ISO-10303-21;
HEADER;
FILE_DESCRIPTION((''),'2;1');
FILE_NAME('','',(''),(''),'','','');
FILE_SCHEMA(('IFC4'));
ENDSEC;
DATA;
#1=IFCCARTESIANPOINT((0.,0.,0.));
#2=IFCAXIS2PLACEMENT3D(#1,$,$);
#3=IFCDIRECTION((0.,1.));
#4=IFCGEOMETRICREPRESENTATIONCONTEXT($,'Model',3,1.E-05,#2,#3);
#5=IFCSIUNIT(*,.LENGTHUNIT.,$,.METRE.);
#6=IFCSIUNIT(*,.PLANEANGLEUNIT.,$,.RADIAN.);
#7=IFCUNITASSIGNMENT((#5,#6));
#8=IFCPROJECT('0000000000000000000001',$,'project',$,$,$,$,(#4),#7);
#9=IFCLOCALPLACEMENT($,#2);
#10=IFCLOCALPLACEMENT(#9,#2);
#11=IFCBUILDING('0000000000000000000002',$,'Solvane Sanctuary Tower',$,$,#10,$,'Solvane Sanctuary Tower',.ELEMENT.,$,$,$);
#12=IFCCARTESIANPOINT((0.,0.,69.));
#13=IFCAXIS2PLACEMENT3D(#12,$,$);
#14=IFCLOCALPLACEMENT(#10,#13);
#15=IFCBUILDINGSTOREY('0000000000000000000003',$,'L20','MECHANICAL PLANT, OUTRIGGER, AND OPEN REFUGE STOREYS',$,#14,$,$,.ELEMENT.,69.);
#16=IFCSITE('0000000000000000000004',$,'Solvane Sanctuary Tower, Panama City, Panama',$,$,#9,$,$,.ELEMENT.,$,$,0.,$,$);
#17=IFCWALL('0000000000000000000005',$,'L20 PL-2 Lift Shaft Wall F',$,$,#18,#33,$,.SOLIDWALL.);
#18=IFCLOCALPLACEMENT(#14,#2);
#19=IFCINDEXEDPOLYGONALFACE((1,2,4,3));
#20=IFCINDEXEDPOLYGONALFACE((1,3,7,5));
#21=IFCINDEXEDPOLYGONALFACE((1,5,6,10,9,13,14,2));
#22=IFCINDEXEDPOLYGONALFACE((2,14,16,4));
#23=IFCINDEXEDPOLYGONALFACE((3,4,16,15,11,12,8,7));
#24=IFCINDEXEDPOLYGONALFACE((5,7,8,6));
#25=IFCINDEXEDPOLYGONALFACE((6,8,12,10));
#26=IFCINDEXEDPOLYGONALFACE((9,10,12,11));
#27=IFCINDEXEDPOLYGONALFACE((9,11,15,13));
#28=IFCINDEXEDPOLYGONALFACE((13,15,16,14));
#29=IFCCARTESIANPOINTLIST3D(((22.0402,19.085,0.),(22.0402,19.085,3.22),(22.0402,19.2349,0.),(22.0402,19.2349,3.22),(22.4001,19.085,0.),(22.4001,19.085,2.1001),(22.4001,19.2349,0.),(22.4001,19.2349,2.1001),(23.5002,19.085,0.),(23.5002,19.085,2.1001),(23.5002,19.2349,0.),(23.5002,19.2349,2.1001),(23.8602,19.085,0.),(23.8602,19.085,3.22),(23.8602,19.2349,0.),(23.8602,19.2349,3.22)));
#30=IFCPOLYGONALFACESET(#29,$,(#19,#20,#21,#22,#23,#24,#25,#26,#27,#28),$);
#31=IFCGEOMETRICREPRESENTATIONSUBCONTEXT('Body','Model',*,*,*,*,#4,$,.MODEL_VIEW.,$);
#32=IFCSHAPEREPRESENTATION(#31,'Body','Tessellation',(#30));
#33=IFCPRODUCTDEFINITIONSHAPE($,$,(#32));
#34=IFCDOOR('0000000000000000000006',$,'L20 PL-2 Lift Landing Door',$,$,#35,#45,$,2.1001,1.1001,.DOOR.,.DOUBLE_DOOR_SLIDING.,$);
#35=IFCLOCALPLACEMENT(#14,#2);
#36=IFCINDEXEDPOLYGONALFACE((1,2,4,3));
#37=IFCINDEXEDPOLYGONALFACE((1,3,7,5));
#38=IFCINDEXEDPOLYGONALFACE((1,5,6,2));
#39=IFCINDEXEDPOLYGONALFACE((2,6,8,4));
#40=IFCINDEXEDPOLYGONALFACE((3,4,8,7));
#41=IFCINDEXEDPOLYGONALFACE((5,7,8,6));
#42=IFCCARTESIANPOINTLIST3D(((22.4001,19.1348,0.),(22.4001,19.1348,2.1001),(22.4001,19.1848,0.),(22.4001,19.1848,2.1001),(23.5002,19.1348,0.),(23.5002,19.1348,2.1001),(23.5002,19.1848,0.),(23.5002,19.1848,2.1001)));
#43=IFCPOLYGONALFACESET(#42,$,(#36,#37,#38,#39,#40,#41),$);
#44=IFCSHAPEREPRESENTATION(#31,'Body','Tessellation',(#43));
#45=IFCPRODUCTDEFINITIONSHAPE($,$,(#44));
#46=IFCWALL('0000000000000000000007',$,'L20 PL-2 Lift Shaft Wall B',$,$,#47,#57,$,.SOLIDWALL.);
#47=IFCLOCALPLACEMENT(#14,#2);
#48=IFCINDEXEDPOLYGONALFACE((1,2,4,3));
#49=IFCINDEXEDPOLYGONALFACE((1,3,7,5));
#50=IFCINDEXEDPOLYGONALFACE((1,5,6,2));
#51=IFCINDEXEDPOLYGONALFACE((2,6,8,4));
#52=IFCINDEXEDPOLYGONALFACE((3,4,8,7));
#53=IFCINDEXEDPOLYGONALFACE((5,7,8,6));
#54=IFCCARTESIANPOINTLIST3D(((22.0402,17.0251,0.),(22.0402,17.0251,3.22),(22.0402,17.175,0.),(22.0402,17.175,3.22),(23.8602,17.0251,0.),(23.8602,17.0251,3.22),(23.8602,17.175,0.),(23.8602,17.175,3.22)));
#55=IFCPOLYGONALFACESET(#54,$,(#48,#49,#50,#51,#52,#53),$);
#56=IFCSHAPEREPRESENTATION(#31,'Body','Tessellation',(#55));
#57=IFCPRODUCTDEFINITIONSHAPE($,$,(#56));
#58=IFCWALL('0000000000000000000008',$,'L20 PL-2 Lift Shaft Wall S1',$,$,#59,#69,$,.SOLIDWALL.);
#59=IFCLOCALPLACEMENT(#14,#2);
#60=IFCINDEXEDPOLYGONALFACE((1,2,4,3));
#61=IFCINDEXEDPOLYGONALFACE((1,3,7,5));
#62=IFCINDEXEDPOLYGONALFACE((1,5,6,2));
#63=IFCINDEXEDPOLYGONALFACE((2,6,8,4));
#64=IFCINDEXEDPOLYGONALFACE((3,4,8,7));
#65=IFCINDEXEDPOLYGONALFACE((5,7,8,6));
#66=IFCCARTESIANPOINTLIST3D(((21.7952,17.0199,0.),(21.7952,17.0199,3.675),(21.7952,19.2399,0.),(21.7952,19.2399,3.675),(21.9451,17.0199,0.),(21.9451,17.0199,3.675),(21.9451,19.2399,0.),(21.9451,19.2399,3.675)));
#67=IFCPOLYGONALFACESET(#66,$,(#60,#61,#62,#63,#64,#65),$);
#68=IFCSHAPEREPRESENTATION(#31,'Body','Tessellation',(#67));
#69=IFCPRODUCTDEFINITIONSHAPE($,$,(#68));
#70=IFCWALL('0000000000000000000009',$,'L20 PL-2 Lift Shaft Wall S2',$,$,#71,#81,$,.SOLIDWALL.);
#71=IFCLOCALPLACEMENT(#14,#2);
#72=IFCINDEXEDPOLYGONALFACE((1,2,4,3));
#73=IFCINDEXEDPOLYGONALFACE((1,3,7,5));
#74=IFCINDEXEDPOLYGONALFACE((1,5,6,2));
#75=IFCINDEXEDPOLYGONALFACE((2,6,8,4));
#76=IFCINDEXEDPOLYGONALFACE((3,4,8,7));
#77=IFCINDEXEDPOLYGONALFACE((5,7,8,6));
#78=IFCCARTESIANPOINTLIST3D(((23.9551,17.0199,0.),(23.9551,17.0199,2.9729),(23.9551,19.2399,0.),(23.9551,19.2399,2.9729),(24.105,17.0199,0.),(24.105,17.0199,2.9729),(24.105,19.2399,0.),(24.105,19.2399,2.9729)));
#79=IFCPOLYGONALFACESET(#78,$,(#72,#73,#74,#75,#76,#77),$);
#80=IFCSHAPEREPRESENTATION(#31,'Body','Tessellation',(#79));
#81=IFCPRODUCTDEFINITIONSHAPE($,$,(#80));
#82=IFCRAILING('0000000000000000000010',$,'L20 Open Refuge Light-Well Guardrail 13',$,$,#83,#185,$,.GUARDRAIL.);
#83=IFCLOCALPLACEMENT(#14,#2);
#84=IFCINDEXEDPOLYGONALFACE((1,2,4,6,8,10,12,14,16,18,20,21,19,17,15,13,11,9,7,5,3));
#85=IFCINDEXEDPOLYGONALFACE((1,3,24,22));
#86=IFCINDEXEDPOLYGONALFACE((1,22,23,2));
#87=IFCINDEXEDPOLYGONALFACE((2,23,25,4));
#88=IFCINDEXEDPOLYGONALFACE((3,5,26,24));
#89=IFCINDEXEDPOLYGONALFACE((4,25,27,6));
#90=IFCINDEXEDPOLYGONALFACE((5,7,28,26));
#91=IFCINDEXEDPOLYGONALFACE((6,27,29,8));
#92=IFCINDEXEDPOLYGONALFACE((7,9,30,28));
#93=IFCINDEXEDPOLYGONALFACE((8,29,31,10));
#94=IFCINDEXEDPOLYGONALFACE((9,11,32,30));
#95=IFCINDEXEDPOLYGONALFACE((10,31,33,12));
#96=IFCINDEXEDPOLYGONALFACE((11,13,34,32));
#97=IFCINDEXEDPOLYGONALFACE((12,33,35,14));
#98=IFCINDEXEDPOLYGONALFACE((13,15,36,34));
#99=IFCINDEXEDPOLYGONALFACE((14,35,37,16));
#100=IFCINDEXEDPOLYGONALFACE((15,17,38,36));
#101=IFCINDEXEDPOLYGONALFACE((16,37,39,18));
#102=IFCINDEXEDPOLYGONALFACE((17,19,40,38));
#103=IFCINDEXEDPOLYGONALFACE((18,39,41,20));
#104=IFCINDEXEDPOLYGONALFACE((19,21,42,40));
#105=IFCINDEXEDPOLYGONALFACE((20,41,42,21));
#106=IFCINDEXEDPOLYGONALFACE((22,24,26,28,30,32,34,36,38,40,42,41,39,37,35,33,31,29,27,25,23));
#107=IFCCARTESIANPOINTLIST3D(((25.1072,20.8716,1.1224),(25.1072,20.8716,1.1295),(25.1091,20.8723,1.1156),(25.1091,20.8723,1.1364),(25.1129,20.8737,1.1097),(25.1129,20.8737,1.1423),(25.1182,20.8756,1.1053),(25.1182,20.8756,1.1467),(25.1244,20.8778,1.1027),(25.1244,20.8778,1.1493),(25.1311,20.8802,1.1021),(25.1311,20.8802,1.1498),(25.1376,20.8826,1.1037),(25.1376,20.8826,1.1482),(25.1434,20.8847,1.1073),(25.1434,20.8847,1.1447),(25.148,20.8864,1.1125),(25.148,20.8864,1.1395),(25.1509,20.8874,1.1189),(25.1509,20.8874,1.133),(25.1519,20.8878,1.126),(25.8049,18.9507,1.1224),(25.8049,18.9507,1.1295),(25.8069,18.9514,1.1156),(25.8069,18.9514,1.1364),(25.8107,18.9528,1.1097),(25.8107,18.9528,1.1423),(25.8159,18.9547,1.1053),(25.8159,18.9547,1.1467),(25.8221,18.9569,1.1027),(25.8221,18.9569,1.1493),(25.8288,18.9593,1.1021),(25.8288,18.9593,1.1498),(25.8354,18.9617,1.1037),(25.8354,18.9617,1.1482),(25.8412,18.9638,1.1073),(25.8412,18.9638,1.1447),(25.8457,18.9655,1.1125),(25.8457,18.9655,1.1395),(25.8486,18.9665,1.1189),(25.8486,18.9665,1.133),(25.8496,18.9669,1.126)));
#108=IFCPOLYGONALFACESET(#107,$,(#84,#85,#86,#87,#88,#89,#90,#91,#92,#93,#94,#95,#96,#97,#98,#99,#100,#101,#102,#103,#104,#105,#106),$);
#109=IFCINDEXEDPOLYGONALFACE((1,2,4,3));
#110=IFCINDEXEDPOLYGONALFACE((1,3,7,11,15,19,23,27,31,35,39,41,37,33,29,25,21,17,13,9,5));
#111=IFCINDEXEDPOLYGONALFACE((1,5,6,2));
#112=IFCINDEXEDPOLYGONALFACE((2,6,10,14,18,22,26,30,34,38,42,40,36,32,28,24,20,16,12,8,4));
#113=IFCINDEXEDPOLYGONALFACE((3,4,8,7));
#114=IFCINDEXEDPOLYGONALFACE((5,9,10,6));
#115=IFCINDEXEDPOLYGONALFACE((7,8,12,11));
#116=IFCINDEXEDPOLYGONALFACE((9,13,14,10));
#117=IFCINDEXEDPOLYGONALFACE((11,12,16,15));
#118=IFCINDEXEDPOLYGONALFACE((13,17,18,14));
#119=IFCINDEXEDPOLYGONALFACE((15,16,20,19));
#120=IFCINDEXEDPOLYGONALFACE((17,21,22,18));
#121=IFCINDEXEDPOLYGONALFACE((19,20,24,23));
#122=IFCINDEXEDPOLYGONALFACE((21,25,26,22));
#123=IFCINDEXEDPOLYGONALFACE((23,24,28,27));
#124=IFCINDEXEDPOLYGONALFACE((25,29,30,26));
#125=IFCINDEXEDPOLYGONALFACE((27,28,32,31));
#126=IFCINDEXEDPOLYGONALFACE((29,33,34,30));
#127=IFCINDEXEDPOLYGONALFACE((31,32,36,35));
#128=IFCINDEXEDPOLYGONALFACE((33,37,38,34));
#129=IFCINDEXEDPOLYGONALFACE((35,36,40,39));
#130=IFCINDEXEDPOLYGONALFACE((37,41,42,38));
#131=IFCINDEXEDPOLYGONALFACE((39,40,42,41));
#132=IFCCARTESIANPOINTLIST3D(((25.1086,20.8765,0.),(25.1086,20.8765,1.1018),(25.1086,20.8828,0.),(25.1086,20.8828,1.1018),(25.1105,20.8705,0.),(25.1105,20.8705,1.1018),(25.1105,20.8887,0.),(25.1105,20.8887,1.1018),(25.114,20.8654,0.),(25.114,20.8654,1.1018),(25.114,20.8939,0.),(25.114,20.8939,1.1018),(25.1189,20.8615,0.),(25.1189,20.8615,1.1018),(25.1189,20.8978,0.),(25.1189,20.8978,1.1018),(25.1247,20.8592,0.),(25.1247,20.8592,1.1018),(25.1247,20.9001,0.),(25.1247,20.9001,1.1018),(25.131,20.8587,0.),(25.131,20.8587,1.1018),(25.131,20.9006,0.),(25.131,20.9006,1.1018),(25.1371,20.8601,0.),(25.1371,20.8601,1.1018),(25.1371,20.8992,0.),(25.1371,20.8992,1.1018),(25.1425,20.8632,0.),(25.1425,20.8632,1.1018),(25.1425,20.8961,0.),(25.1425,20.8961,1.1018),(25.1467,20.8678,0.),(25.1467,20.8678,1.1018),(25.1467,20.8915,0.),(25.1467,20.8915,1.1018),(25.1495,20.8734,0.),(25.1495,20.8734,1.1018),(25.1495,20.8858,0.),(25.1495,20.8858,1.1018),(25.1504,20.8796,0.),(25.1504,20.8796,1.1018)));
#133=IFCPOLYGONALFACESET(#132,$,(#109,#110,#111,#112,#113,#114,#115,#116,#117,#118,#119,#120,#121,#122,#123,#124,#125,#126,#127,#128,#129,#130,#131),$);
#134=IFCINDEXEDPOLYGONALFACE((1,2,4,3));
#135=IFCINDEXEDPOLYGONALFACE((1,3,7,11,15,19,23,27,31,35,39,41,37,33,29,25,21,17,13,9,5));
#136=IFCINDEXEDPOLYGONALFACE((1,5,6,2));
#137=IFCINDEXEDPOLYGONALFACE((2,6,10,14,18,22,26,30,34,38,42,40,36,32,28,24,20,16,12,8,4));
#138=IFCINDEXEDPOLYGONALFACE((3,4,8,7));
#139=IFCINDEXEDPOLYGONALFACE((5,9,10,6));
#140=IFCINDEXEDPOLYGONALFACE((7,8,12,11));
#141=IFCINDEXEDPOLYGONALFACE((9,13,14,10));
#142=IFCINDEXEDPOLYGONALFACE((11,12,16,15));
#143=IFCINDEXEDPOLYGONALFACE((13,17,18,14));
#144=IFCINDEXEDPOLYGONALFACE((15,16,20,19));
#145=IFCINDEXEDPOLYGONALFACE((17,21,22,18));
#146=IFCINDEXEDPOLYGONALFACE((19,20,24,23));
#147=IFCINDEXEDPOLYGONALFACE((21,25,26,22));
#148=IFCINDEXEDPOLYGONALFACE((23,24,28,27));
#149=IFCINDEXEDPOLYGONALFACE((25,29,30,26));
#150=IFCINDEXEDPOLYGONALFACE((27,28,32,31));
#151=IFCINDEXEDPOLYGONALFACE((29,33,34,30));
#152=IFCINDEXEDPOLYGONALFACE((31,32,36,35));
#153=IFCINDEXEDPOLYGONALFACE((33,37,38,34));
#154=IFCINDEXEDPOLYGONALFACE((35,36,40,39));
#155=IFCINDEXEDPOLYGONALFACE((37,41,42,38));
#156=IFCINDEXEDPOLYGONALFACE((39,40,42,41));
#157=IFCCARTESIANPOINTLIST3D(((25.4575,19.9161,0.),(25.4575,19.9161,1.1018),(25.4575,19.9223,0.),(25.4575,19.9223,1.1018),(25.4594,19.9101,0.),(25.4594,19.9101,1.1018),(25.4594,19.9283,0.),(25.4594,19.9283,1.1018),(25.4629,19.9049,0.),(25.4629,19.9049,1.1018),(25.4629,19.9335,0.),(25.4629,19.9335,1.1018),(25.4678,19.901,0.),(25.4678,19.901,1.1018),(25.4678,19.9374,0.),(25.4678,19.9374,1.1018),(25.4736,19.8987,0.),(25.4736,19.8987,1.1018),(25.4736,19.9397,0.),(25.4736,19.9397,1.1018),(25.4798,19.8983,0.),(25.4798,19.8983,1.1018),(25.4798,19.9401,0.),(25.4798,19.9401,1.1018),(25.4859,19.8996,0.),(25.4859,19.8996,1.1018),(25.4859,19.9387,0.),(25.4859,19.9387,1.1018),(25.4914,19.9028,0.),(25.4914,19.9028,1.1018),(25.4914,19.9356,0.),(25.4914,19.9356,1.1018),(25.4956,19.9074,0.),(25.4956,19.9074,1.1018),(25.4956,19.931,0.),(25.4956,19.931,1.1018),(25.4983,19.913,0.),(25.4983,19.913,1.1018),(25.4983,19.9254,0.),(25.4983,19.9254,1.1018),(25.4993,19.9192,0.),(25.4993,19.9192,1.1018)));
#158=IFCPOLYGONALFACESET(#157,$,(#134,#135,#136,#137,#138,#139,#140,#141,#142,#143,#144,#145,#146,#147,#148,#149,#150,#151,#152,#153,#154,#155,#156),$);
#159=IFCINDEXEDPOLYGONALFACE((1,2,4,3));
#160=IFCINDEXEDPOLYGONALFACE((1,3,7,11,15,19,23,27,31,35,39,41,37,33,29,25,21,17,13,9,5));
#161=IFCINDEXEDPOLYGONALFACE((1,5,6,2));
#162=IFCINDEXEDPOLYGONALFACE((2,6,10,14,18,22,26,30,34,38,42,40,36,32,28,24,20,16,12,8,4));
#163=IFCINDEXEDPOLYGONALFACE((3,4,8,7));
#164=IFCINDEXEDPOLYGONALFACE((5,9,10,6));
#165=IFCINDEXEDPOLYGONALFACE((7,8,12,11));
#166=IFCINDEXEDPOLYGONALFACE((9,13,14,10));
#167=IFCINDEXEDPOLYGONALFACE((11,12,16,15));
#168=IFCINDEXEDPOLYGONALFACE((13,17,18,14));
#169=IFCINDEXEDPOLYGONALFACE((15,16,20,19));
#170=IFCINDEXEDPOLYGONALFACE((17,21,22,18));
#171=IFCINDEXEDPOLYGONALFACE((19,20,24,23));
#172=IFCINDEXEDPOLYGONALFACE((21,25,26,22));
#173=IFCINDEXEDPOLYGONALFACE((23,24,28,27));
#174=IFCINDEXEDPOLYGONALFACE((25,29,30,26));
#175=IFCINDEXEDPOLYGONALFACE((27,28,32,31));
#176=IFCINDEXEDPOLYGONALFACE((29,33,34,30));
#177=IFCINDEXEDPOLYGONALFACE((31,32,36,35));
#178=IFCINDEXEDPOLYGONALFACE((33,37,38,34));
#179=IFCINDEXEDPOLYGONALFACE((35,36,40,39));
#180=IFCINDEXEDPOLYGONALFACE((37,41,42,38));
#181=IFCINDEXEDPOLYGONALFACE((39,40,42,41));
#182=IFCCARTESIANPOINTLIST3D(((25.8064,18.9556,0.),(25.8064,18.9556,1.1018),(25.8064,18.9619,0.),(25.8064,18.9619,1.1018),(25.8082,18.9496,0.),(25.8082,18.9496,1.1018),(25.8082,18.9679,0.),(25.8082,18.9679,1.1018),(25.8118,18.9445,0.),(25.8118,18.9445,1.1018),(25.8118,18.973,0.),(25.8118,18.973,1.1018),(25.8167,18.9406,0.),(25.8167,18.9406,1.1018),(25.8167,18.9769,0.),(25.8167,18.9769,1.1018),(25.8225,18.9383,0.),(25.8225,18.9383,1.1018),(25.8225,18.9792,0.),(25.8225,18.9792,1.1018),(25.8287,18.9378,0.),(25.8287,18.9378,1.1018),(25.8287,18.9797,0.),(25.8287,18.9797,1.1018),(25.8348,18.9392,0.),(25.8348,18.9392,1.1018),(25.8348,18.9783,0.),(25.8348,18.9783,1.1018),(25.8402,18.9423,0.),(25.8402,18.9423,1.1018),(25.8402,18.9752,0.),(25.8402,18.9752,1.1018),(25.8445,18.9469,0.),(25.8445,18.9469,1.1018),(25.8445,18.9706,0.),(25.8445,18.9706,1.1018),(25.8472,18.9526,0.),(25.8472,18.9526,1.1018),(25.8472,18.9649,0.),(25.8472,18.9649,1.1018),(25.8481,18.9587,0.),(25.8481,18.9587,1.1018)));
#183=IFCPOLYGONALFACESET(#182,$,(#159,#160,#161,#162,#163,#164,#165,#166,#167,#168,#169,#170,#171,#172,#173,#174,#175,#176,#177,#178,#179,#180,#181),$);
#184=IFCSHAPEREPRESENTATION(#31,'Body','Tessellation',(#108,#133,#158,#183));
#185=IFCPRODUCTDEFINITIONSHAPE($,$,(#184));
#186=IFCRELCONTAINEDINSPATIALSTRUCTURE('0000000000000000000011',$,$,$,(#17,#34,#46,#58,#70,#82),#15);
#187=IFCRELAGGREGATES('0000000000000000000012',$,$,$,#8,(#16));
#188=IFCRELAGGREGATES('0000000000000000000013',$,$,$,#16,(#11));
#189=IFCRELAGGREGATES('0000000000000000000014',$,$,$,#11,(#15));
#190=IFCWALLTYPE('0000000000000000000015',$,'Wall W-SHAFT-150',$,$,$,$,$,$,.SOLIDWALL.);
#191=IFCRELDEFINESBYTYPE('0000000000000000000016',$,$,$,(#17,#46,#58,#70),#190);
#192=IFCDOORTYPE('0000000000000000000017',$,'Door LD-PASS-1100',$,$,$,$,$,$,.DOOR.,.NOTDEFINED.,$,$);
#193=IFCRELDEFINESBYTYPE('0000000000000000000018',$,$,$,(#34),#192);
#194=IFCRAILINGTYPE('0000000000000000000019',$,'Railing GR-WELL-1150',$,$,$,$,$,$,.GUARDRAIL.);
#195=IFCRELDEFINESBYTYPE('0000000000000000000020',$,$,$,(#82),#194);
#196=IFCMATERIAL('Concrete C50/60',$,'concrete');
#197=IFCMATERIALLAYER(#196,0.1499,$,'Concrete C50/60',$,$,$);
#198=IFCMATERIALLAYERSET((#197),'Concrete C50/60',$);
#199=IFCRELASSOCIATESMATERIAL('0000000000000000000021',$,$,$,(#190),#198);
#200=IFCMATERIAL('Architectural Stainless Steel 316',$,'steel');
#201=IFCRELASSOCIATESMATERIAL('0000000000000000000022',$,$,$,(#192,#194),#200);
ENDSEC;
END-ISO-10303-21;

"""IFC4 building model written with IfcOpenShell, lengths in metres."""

from ifc_helpers import new_model, si_unit, direction, frame, frame_2d, origin, origin_2d, place, context, subcontext, project, spatial, rectangle, circle, extrude, material, layer, layer_set, type_object, element, fill, save


model = new_model("IFC4")

# Units and contexts
model_context = context("Model", 3, precision=1e-05, world=origin(), true_north=direction((0.0, 1.0)))
body_context = subcontext(model_context, "Body", "Model", "MODEL_VIEW")
ifc_project = project(units=[si_unit("LENGTHUNIT", "METRE"), si_unit("PLANEANGLEUNIT", "RADIAN")], contexts=[model_context])

# Site, building, storey
site_placement = place(None, origin())
site = spatial("IfcSite", under=ifc_project, at=site_placement, Name="Solvane Sanctuary Tower, Panama City, Panama", CompositionType="ELEMENT", RefElevation=0.0)
building_placement = place(site_placement, origin())
building = spatial("IfcBuilding", under=site, at=building_placement, Name="Solvane Sanctuary Tower", LongName="Solvane Sanctuary Tower", CompositionType="ELEMENT")
storey_placement = place(building_placement, frame((0.0, 0.0, 69.0)))
storey = spatial("IfcBuildingStorey", under=building, at=storey_placement, Name="L20", Description="MECHANICAL PLANT, OUTRIGGER, AND OPEN REFUGE STOREYS", CompositionType="ELEMENT", Elevation=69.0)

# Shared definitions
ifc_material_1 = material(Name="Concrete C50/60", Category="concrete")
ifc_layer_1 = layer(ifc_material_1, 0.1499, Name="Concrete C50/60")
ifc_layer_set_1 = layer_set([ifc_layer_1], Name="Concrete C50/60")
wall_type_1 = type_object("IfcWallType", Name="Wall W-SHAFT-150", PredefinedType="SOLIDWALL", material=ifc_layer_set_1)
ifc_material_2 = material(Name="Architectural Stainless Steel 316", Category="steel")
door_type = type_object("IfcDoorType", Name="Door LD-PASS-1100", OperationType="NOTDEFINED", PredefinedType="DOOR", material=ifc_material_2)

# Wall, opening, door
wall_1_placement = place(storey_placement, frame((22.04, 19.1599, 0.0), z_axis=(0.0, 0.0, 1.0), x_axis=(1.0, 0.0, 0.0)))
wall_1 = element("IfcWall", 1, at=wall_1_placement, inside=storey, type_object=wall_type_1, Name="L20 PL-2 Lift Shaft Wall F", PredefinedType="SOLIDWALL", context=body_context, shape_type="SweptSolid", body=[
    extrude(rectangle(XDim=1.8201, YDim=0.1499, at=frame_2d((0.9102, 0.0))), origin(), (0.0, 0.0, 1.0), 3.22),
])
opening_1_placement = place(wall_1_placement, frame((0.3601, 0.0, 0.0)))
opening_1 = element("IfcOpeningElement", 2, at=opening_1_placement, cuts=wall_1, PredefinedType="OPENING", context=body_context, shape_type="SweptSolid", body=[
    extrude(rectangle(XDim=1.1001, YDim=2.1001, at=frame_2d((0.55, 1.05))), frame((0.0, 0.085, 0.0), z_axis=(0.0, -1.0, 0.0), x_axis=(1.0, 0.0, 0.0)), (0.0, 0.0, 1.0), 0.1699),
])
door_1_placement = place(opening_1_placement, origin())
door_1 = element("IfcDoor", 3, at=door_1_placement, inside=storey, type_object=door_type, Name="L20 PL-2 Lift Landing Door", OperationType="DOUBLE_DOOR_SLIDING", OverallHeight=2.1001, OverallWidth=1.1001, PredefinedType="DOOR", context=body_context, shape_type="SweptSolid", body=[
    extrude(rectangle(XDim=1.1001, YDim=2.1001, at=frame_2d((0.55, 1.05))), frame((0.0, 0.0249, 0.0), z_axis=(0.0, -1.0, 0.0), x_axis=(1.0, 0.0, 0.0)), (0.0, 0.0, 1.0), 0.05),
])
fill(opening_1, door_1)

# Walls
wall_2_placement = place(storey_placement, frame((22.04, 17.1001, 0.0), z_axis=(0.0, 0.0, 1.0), x_axis=(1.0, 0.0, 0.0)))
element("IfcWall", 4, at=wall_2_placement, inside=storey, type_object=wall_type_1, Name="L20 PL-2 Lift Shaft Wall B", PredefinedType="SOLIDWALL", context=body_context, shape_type="SweptSolid", body=[
    extrude(rectangle(XDim=1.8201, YDim=0.1499, at=frame_2d((0.9102, 0.0))), origin(), (0.0, 0.0, 1.0), 3.22),
])
wall_3_placement = place(storey_placement, frame((21.8701, 17.02, 0.0), z_axis=(0.0, 0.0, 1.0), x_axis=(0.0, 1.0, 0.0)))
element("IfcWall", 5, at=wall_3_placement, inside=storey, type_object=wall_type_1, Name="L20 PL-2 Lift Shaft Wall S1", PredefinedType="SOLIDWALL", context=body_context, shape_type="SweptSolid", body=[
    extrude(rectangle(XDim=2.22, YDim=0.1499, at=frame_2d((1.1099, 0.0))), origin(), (0.0, 0.0, 1.0), 3.675),
])
wall_4_placement = place(storey_placement, frame((24.03, 17.02, 0.0), z_axis=(0.0, 0.0, 1.0), x_axis=(0.0, 1.0, 0.0)))
element("IfcWall", 6, at=wall_4_placement, inside=storey, type_object=wall_type_1, Name="L20 PL-2 Lift Shaft Wall S2", PredefinedType="SOLIDWALL", context=body_context, shape_type="SweptSolid", body=[
    extrude(rectangle(XDim=2.22, YDim=0.1499, at=frame_2d((1.1099, 0.0))), origin(), (0.0, 0.0, 1.0), 2.9729),
])

# Railing
railing_type_1 = type_object("IfcRailingType", Name="Railing GR-WELL-1150", PredefinedType="GUARDRAIL", material=ifc_material_2)
railing_1_placement = place(storey_placement, frame((25.1294, 20.8796, 0.0)))
element("IfcRailing", 7, at=railing_1_placement, inside=storey, type_object=railing_type_1, Name="L20 Open Refuge Light-Well Guardrail 13", PredefinedType="GUARDRAIL", context=body_context, shape_type="SweptSolid", body=[
    extrude(circle(Radius=0.0239, at=origin_2d()), frame((0.0, 0.0, 1.126), z_axis=(0.341417, -0.939912, 0.0), x_axis=(0.939912, 0.341417, 0.0)), (0.0, 0.0, 1.0), 2.0437),
    extrude(circle(Radius=0.021, at=origin_2d()), origin(), (0.0, 0.0, 1.0), 1.1018),
    extrude(circle(Radius=0.021, at=origin_2d()), frame((0.3489, -0.9604, 0.0)), (0.0, 0.0, 1.0), 1.1018),
    extrude(circle(Radius=0.021, at=origin_2d()), frame((0.6978, -1.9209, 0.0)), (0.0, 0.0, 1.0), 1.1018),
])

save(model, "model.ifc")
